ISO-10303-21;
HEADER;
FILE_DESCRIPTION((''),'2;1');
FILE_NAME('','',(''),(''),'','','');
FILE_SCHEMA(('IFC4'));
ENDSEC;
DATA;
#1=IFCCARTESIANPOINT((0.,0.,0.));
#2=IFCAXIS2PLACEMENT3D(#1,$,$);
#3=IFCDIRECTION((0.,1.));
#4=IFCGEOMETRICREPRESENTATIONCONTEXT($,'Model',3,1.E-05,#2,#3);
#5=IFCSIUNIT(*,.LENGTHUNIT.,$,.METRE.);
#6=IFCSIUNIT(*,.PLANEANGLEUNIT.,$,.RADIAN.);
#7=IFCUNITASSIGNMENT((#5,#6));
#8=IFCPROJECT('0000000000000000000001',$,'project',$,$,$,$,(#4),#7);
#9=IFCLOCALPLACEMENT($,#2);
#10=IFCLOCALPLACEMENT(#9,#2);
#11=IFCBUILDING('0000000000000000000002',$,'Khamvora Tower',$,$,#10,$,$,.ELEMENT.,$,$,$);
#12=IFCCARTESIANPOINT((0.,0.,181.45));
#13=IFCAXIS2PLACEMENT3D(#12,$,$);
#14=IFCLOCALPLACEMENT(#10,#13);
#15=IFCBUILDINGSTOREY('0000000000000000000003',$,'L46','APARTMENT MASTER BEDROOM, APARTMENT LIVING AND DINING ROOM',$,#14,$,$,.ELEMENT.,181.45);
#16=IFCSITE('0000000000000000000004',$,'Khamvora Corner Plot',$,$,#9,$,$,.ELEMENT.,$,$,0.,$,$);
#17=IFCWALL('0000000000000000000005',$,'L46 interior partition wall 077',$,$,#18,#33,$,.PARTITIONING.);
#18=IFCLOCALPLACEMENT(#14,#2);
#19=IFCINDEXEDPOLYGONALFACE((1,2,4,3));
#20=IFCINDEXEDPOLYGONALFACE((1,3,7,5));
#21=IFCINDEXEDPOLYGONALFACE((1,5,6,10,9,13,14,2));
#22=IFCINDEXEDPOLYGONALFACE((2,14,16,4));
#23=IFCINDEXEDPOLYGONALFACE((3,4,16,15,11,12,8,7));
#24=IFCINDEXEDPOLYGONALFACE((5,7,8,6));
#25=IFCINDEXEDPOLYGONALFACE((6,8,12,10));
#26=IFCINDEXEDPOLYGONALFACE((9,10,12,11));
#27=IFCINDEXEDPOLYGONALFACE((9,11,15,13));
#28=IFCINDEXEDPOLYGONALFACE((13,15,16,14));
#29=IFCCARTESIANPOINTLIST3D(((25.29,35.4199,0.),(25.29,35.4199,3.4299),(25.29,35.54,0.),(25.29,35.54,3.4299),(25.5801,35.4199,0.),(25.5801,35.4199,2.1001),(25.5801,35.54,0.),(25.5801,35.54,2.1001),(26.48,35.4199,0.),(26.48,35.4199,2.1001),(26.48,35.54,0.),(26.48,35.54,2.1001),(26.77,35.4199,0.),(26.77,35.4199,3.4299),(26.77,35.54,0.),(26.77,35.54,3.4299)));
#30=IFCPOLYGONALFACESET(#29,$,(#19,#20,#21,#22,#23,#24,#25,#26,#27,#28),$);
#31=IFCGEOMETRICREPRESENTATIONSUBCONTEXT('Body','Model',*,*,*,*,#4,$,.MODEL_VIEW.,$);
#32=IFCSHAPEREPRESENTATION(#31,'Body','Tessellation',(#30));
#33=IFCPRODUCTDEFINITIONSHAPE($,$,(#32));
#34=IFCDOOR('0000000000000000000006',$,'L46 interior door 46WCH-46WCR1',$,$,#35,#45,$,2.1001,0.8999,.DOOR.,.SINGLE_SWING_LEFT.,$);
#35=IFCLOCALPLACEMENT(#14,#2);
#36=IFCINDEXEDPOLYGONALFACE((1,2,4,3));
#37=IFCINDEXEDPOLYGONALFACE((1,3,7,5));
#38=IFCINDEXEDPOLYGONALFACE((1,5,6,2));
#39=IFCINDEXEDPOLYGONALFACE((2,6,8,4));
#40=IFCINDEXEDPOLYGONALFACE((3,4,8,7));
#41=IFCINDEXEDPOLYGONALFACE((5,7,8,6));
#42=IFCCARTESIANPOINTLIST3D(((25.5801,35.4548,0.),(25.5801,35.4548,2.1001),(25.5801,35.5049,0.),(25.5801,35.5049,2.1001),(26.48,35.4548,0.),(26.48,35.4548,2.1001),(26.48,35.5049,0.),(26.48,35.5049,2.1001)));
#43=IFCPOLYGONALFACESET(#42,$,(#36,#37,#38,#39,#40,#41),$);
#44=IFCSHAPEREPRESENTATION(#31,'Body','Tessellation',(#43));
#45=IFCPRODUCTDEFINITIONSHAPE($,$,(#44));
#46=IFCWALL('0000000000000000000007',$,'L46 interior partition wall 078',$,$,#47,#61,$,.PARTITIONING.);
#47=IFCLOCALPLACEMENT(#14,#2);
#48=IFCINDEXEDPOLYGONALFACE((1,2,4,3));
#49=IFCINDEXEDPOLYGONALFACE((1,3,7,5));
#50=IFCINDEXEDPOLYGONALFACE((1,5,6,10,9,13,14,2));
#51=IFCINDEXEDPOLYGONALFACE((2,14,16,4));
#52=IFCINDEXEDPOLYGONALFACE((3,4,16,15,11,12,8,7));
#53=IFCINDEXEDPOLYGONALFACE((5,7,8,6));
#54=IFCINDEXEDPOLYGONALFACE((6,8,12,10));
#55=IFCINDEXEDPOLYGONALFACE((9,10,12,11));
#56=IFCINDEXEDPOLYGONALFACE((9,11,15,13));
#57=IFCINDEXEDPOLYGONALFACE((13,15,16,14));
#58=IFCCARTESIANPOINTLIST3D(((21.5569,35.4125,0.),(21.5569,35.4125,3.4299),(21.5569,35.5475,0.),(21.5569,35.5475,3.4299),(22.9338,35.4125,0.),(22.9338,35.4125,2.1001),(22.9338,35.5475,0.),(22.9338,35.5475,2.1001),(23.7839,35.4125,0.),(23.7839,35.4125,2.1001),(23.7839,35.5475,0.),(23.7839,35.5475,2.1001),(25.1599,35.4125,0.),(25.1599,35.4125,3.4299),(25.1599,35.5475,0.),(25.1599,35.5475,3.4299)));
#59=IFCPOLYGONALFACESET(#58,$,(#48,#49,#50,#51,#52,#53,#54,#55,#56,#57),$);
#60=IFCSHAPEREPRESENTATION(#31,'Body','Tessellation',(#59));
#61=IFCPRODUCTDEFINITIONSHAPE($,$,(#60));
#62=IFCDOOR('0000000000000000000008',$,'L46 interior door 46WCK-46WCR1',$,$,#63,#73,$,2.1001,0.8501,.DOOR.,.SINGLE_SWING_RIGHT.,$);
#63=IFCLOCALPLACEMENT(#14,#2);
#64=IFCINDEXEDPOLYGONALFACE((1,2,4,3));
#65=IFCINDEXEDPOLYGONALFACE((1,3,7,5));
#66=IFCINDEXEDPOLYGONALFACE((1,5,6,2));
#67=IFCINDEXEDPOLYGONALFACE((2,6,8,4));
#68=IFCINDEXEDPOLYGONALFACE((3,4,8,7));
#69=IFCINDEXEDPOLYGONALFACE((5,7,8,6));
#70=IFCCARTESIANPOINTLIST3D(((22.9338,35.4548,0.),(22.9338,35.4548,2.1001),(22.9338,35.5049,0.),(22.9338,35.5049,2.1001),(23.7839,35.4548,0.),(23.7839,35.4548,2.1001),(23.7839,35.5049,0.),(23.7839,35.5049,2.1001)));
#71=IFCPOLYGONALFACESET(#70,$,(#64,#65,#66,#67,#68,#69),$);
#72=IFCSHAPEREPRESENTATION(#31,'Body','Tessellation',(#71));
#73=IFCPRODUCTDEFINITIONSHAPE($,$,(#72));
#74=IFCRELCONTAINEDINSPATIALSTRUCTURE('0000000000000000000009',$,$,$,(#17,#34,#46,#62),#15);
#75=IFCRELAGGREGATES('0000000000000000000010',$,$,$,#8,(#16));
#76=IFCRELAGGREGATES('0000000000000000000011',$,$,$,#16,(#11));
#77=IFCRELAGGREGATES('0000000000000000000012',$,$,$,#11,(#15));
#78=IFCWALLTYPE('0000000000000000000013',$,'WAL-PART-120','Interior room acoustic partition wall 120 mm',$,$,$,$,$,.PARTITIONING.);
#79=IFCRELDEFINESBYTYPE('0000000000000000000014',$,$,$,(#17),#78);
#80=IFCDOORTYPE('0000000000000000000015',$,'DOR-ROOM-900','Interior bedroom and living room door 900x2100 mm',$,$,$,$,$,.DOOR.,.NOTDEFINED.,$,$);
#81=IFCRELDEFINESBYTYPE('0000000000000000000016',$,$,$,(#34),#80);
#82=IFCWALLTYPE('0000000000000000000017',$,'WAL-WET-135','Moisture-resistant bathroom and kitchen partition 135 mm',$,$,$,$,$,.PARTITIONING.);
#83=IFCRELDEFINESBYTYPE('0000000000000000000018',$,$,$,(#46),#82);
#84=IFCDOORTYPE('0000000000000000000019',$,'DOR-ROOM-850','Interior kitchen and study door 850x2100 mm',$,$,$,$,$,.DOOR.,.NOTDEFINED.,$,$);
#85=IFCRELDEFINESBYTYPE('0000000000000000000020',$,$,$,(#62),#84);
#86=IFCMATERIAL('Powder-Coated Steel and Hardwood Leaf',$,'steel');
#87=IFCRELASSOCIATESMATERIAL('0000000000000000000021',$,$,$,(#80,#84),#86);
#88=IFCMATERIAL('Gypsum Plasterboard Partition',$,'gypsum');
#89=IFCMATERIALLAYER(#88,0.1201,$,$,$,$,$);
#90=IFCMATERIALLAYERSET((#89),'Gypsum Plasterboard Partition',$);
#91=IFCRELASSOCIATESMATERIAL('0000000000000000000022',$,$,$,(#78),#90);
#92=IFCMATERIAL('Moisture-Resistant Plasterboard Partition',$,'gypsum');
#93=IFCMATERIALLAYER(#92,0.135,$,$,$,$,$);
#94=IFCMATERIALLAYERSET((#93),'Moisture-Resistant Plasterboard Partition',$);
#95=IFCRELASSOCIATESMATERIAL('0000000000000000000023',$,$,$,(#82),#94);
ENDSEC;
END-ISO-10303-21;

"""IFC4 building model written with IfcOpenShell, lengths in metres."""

from ifc_helpers import new_model, si_unit, direction, frame, frame_2d, origin, place, context, subcontext, project, spatial, rectangle, extrude, material, layer, layer_set, type_object, element, fill, save


model = new_model("IFC4")

# Units and contexts
model_context = context("Model", 3, precision=1e-05, world=origin(), true_north=direction((0.0, 1.0)))
body_context = subcontext(model_context, "Body", "Model", "MODEL_VIEW")
ifc_project = project(units=[si_unit("LENGTHUNIT", "METRE"), si_unit("PLANEANGLEUNIT", "RADIAN")], contexts=[model_context])

# Site, building, storey
site_placement = place(None, origin())
site = spatial("IfcSite", under=ifc_project, at=site_placement, Name="Khamvora Corner Plot", CompositionType="ELEMENT", RefElevation=0.0)
building_placement = place(site_placement, origin())
building = spatial("IfcBuilding", under=site, at=building_placement, Name="Khamvora Tower", CompositionType="ELEMENT")
storey_placement = place(building_placement, frame((0.0, 0.0, 181.45)))
storey = spatial("IfcBuildingStorey", under=building, at=storey_placement, Name="L46", Description="APARTMENT MASTER BEDROOM, APARTMENT LIVING AND DINING ROOM", CompositionType="ELEMENT", Elevation=181.45)

# Shared definitions
ifc_material_1 = material(Name="Powder-Coated Steel and Hardwood Leaf", Category="steel")
door_type_1 = type_object("IfcDoorType", Name="DOR-ROOM-900", Description="Interior bedroom and living room door 900x2100 mm", OperationType="NOTDEFINED", PredefinedType="DOOR", material=ifc_material_1)

# Shared definitions
ifc_material_2 = material(Name="Gypsum Plasterboard Partition", Category="gypsum")
ifc_layer_1 = layer(ifc_material_2, 0.1201)
ifc_layer_set_1 = layer_set([ifc_layer_1], Name="Gypsum Plasterboard Partition")
wall_type_1 = type_object("IfcWallType", Name="WAL-PART-120", Description="Interior room acoustic partition wall 120 mm", PredefinedType="PARTITIONING", material=ifc_layer_set_1)

# Walls, openings, doors
wall_1_placement = place(storey_placement, frame((25.29, 35.48, 0.0), z_axis=(0.0, 0.0, 1.0), x_axis=(1.0, 0.0, 0.0)))
wall_1 = element("IfcWall", 1, at=wall_1_placement, inside=storey, type_object=wall_type_1, Name="L46 interior partition wall 077", PredefinedType="PARTITIONING", context=body_context, shape_type="SweptSolid", body=[
    extrude(rectangle(XDim=1.48, YDim=0.1201, at=frame_2d((0.74, 0.0))), origin(), (0.0, 0.0, 1.0), 3.4299),
])
opening_1_placement = place(wall_1_placement, frame((0.29, 0.0, 0.0)))
opening_1 = element("IfcOpeningElement", 2, at=opening_1_placement, cuts=wall_1, PredefinedType="OPENING", context=body_context, shape_type="SweptSolid", body=[
    extrude(rectangle(XDim=0.8999, YDim=2.1001, at=frame_2d((0.45, 1.05))), frame((0.0, 0.0701, 0.0), z_axis=(0.0, -1.0, 0.0), x_axis=(1.0, 0.0, 0.0)), (0.0, 0.0, 1.0), 0.1401),
])
door_1_placement = place(opening_1_placement, origin())
door_1 = element("IfcDoor", 3, at=door_1_placement, inside=storey, type_object=door_type_1, Name="L46 interior door 46WCH-46WCR1", OperationType="SINGLE_SWING_LEFT", OverallHeight=2.1001, OverallWidth=0.8999, PredefinedType="DOOR", context=body_context, shape_type="SweptSolid", body=[
    extrude(rectangle(XDim=0.8999, YDim=2.1001, at=frame_2d((0.45, 1.05))), frame((0.0, 0.0249, 0.0), z_axis=(0.0, -1.0, 0.0), x_axis=(1.0, 0.0, 0.0)), (0.0, 0.0, 1.0), 0.05),
])
fill(opening_1, door_1)
ifc_material_3 = material(Name="Moisture-Resistant Plasterboard Partition", Category="gypsum")
ifc_layer_2 = layer(ifc_material_3, 0.135)
ifc_layer_set_2 = layer_set([ifc_layer_2], Name="Moisture-Resistant Plasterboard Partition")
wall_type_2 = type_object("IfcWallType", Name="WAL-WET-135", Description="Moisture-resistant bathroom and kitchen partition 135 mm", PredefinedType="PARTITIONING", material=ifc_layer_set_2)
wall_2_placement = place(storey_placement, frame((21.5569, 35.48, 0.0), z_axis=(0.0, 0.0, 1.0), x_axis=(1.0, 0.0, 0.0)))
wall_2 = element("IfcWall", 4, at=wall_2_placement, inside=storey, type_object=wall_type_2, Name="L46 interior partition wall 078", PredefinedType="PARTITIONING", context=body_context, shape_type="SweptSolid", body=[
    extrude(rectangle(XDim=3.603, YDim=0.135, at=frame_2d((1.8015, 0.0))), origin(), (0.0, 0.0, 1.0), 3.4299),
])
opening_2_placement = place(wall_2_placement, frame((1.377, 0.0, 0.0)))
opening_2 = element("IfcOpeningElement", 5, at=opening_2_placement, cuts=wall_2, PredefinedType="OPENING", context=body_context, shape_type="SweptSolid", body=[
    extrude(rectangle(XDim=0.8501, YDim=2.1001, at=frame_2d((0.425, 1.05))), frame((0.0, 0.0774, 0.0), z_axis=(0.0, -1.0, 0.0), x_axis=(1.0, 0.0, 0.0)), (0.0, 0.0, 1.0), 0.155),
])
door_type_2 = type_object("IfcDoorType", Name="DOR-ROOM-850", Description="Interior kitchen and study door 850x2100 mm", OperationType="NOTDEFINED", PredefinedType="DOOR", material=ifc_material_1)
door_2_placement = place(opening_2_placement, origin())
door_2 = element("IfcDoor", 6, at=door_2_placement, inside=storey, type_object=door_type_2, Name="L46 interior door 46WCK-46WCR1", OperationType="SINGLE_SWING_RIGHT", OverallHeight=2.1001, OverallWidth=0.8501, PredefinedType="DOOR", context=body_context, shape_type="SweptSolid", body=[
    extrude(rectangle(XDim=0.8501, YDim=2.1001, at=frame_2d((0.425, 1.05))), frame((0.0, 0.0249, 0.0), z_axis=(0.0, -1.0, 0.0), x_axis=(1.0, 0.0, 0.0)), (0.0, 0.0, 1.0), 0.05),
])
fill(opening_2, door_2)

save(model, "model.ifc")
